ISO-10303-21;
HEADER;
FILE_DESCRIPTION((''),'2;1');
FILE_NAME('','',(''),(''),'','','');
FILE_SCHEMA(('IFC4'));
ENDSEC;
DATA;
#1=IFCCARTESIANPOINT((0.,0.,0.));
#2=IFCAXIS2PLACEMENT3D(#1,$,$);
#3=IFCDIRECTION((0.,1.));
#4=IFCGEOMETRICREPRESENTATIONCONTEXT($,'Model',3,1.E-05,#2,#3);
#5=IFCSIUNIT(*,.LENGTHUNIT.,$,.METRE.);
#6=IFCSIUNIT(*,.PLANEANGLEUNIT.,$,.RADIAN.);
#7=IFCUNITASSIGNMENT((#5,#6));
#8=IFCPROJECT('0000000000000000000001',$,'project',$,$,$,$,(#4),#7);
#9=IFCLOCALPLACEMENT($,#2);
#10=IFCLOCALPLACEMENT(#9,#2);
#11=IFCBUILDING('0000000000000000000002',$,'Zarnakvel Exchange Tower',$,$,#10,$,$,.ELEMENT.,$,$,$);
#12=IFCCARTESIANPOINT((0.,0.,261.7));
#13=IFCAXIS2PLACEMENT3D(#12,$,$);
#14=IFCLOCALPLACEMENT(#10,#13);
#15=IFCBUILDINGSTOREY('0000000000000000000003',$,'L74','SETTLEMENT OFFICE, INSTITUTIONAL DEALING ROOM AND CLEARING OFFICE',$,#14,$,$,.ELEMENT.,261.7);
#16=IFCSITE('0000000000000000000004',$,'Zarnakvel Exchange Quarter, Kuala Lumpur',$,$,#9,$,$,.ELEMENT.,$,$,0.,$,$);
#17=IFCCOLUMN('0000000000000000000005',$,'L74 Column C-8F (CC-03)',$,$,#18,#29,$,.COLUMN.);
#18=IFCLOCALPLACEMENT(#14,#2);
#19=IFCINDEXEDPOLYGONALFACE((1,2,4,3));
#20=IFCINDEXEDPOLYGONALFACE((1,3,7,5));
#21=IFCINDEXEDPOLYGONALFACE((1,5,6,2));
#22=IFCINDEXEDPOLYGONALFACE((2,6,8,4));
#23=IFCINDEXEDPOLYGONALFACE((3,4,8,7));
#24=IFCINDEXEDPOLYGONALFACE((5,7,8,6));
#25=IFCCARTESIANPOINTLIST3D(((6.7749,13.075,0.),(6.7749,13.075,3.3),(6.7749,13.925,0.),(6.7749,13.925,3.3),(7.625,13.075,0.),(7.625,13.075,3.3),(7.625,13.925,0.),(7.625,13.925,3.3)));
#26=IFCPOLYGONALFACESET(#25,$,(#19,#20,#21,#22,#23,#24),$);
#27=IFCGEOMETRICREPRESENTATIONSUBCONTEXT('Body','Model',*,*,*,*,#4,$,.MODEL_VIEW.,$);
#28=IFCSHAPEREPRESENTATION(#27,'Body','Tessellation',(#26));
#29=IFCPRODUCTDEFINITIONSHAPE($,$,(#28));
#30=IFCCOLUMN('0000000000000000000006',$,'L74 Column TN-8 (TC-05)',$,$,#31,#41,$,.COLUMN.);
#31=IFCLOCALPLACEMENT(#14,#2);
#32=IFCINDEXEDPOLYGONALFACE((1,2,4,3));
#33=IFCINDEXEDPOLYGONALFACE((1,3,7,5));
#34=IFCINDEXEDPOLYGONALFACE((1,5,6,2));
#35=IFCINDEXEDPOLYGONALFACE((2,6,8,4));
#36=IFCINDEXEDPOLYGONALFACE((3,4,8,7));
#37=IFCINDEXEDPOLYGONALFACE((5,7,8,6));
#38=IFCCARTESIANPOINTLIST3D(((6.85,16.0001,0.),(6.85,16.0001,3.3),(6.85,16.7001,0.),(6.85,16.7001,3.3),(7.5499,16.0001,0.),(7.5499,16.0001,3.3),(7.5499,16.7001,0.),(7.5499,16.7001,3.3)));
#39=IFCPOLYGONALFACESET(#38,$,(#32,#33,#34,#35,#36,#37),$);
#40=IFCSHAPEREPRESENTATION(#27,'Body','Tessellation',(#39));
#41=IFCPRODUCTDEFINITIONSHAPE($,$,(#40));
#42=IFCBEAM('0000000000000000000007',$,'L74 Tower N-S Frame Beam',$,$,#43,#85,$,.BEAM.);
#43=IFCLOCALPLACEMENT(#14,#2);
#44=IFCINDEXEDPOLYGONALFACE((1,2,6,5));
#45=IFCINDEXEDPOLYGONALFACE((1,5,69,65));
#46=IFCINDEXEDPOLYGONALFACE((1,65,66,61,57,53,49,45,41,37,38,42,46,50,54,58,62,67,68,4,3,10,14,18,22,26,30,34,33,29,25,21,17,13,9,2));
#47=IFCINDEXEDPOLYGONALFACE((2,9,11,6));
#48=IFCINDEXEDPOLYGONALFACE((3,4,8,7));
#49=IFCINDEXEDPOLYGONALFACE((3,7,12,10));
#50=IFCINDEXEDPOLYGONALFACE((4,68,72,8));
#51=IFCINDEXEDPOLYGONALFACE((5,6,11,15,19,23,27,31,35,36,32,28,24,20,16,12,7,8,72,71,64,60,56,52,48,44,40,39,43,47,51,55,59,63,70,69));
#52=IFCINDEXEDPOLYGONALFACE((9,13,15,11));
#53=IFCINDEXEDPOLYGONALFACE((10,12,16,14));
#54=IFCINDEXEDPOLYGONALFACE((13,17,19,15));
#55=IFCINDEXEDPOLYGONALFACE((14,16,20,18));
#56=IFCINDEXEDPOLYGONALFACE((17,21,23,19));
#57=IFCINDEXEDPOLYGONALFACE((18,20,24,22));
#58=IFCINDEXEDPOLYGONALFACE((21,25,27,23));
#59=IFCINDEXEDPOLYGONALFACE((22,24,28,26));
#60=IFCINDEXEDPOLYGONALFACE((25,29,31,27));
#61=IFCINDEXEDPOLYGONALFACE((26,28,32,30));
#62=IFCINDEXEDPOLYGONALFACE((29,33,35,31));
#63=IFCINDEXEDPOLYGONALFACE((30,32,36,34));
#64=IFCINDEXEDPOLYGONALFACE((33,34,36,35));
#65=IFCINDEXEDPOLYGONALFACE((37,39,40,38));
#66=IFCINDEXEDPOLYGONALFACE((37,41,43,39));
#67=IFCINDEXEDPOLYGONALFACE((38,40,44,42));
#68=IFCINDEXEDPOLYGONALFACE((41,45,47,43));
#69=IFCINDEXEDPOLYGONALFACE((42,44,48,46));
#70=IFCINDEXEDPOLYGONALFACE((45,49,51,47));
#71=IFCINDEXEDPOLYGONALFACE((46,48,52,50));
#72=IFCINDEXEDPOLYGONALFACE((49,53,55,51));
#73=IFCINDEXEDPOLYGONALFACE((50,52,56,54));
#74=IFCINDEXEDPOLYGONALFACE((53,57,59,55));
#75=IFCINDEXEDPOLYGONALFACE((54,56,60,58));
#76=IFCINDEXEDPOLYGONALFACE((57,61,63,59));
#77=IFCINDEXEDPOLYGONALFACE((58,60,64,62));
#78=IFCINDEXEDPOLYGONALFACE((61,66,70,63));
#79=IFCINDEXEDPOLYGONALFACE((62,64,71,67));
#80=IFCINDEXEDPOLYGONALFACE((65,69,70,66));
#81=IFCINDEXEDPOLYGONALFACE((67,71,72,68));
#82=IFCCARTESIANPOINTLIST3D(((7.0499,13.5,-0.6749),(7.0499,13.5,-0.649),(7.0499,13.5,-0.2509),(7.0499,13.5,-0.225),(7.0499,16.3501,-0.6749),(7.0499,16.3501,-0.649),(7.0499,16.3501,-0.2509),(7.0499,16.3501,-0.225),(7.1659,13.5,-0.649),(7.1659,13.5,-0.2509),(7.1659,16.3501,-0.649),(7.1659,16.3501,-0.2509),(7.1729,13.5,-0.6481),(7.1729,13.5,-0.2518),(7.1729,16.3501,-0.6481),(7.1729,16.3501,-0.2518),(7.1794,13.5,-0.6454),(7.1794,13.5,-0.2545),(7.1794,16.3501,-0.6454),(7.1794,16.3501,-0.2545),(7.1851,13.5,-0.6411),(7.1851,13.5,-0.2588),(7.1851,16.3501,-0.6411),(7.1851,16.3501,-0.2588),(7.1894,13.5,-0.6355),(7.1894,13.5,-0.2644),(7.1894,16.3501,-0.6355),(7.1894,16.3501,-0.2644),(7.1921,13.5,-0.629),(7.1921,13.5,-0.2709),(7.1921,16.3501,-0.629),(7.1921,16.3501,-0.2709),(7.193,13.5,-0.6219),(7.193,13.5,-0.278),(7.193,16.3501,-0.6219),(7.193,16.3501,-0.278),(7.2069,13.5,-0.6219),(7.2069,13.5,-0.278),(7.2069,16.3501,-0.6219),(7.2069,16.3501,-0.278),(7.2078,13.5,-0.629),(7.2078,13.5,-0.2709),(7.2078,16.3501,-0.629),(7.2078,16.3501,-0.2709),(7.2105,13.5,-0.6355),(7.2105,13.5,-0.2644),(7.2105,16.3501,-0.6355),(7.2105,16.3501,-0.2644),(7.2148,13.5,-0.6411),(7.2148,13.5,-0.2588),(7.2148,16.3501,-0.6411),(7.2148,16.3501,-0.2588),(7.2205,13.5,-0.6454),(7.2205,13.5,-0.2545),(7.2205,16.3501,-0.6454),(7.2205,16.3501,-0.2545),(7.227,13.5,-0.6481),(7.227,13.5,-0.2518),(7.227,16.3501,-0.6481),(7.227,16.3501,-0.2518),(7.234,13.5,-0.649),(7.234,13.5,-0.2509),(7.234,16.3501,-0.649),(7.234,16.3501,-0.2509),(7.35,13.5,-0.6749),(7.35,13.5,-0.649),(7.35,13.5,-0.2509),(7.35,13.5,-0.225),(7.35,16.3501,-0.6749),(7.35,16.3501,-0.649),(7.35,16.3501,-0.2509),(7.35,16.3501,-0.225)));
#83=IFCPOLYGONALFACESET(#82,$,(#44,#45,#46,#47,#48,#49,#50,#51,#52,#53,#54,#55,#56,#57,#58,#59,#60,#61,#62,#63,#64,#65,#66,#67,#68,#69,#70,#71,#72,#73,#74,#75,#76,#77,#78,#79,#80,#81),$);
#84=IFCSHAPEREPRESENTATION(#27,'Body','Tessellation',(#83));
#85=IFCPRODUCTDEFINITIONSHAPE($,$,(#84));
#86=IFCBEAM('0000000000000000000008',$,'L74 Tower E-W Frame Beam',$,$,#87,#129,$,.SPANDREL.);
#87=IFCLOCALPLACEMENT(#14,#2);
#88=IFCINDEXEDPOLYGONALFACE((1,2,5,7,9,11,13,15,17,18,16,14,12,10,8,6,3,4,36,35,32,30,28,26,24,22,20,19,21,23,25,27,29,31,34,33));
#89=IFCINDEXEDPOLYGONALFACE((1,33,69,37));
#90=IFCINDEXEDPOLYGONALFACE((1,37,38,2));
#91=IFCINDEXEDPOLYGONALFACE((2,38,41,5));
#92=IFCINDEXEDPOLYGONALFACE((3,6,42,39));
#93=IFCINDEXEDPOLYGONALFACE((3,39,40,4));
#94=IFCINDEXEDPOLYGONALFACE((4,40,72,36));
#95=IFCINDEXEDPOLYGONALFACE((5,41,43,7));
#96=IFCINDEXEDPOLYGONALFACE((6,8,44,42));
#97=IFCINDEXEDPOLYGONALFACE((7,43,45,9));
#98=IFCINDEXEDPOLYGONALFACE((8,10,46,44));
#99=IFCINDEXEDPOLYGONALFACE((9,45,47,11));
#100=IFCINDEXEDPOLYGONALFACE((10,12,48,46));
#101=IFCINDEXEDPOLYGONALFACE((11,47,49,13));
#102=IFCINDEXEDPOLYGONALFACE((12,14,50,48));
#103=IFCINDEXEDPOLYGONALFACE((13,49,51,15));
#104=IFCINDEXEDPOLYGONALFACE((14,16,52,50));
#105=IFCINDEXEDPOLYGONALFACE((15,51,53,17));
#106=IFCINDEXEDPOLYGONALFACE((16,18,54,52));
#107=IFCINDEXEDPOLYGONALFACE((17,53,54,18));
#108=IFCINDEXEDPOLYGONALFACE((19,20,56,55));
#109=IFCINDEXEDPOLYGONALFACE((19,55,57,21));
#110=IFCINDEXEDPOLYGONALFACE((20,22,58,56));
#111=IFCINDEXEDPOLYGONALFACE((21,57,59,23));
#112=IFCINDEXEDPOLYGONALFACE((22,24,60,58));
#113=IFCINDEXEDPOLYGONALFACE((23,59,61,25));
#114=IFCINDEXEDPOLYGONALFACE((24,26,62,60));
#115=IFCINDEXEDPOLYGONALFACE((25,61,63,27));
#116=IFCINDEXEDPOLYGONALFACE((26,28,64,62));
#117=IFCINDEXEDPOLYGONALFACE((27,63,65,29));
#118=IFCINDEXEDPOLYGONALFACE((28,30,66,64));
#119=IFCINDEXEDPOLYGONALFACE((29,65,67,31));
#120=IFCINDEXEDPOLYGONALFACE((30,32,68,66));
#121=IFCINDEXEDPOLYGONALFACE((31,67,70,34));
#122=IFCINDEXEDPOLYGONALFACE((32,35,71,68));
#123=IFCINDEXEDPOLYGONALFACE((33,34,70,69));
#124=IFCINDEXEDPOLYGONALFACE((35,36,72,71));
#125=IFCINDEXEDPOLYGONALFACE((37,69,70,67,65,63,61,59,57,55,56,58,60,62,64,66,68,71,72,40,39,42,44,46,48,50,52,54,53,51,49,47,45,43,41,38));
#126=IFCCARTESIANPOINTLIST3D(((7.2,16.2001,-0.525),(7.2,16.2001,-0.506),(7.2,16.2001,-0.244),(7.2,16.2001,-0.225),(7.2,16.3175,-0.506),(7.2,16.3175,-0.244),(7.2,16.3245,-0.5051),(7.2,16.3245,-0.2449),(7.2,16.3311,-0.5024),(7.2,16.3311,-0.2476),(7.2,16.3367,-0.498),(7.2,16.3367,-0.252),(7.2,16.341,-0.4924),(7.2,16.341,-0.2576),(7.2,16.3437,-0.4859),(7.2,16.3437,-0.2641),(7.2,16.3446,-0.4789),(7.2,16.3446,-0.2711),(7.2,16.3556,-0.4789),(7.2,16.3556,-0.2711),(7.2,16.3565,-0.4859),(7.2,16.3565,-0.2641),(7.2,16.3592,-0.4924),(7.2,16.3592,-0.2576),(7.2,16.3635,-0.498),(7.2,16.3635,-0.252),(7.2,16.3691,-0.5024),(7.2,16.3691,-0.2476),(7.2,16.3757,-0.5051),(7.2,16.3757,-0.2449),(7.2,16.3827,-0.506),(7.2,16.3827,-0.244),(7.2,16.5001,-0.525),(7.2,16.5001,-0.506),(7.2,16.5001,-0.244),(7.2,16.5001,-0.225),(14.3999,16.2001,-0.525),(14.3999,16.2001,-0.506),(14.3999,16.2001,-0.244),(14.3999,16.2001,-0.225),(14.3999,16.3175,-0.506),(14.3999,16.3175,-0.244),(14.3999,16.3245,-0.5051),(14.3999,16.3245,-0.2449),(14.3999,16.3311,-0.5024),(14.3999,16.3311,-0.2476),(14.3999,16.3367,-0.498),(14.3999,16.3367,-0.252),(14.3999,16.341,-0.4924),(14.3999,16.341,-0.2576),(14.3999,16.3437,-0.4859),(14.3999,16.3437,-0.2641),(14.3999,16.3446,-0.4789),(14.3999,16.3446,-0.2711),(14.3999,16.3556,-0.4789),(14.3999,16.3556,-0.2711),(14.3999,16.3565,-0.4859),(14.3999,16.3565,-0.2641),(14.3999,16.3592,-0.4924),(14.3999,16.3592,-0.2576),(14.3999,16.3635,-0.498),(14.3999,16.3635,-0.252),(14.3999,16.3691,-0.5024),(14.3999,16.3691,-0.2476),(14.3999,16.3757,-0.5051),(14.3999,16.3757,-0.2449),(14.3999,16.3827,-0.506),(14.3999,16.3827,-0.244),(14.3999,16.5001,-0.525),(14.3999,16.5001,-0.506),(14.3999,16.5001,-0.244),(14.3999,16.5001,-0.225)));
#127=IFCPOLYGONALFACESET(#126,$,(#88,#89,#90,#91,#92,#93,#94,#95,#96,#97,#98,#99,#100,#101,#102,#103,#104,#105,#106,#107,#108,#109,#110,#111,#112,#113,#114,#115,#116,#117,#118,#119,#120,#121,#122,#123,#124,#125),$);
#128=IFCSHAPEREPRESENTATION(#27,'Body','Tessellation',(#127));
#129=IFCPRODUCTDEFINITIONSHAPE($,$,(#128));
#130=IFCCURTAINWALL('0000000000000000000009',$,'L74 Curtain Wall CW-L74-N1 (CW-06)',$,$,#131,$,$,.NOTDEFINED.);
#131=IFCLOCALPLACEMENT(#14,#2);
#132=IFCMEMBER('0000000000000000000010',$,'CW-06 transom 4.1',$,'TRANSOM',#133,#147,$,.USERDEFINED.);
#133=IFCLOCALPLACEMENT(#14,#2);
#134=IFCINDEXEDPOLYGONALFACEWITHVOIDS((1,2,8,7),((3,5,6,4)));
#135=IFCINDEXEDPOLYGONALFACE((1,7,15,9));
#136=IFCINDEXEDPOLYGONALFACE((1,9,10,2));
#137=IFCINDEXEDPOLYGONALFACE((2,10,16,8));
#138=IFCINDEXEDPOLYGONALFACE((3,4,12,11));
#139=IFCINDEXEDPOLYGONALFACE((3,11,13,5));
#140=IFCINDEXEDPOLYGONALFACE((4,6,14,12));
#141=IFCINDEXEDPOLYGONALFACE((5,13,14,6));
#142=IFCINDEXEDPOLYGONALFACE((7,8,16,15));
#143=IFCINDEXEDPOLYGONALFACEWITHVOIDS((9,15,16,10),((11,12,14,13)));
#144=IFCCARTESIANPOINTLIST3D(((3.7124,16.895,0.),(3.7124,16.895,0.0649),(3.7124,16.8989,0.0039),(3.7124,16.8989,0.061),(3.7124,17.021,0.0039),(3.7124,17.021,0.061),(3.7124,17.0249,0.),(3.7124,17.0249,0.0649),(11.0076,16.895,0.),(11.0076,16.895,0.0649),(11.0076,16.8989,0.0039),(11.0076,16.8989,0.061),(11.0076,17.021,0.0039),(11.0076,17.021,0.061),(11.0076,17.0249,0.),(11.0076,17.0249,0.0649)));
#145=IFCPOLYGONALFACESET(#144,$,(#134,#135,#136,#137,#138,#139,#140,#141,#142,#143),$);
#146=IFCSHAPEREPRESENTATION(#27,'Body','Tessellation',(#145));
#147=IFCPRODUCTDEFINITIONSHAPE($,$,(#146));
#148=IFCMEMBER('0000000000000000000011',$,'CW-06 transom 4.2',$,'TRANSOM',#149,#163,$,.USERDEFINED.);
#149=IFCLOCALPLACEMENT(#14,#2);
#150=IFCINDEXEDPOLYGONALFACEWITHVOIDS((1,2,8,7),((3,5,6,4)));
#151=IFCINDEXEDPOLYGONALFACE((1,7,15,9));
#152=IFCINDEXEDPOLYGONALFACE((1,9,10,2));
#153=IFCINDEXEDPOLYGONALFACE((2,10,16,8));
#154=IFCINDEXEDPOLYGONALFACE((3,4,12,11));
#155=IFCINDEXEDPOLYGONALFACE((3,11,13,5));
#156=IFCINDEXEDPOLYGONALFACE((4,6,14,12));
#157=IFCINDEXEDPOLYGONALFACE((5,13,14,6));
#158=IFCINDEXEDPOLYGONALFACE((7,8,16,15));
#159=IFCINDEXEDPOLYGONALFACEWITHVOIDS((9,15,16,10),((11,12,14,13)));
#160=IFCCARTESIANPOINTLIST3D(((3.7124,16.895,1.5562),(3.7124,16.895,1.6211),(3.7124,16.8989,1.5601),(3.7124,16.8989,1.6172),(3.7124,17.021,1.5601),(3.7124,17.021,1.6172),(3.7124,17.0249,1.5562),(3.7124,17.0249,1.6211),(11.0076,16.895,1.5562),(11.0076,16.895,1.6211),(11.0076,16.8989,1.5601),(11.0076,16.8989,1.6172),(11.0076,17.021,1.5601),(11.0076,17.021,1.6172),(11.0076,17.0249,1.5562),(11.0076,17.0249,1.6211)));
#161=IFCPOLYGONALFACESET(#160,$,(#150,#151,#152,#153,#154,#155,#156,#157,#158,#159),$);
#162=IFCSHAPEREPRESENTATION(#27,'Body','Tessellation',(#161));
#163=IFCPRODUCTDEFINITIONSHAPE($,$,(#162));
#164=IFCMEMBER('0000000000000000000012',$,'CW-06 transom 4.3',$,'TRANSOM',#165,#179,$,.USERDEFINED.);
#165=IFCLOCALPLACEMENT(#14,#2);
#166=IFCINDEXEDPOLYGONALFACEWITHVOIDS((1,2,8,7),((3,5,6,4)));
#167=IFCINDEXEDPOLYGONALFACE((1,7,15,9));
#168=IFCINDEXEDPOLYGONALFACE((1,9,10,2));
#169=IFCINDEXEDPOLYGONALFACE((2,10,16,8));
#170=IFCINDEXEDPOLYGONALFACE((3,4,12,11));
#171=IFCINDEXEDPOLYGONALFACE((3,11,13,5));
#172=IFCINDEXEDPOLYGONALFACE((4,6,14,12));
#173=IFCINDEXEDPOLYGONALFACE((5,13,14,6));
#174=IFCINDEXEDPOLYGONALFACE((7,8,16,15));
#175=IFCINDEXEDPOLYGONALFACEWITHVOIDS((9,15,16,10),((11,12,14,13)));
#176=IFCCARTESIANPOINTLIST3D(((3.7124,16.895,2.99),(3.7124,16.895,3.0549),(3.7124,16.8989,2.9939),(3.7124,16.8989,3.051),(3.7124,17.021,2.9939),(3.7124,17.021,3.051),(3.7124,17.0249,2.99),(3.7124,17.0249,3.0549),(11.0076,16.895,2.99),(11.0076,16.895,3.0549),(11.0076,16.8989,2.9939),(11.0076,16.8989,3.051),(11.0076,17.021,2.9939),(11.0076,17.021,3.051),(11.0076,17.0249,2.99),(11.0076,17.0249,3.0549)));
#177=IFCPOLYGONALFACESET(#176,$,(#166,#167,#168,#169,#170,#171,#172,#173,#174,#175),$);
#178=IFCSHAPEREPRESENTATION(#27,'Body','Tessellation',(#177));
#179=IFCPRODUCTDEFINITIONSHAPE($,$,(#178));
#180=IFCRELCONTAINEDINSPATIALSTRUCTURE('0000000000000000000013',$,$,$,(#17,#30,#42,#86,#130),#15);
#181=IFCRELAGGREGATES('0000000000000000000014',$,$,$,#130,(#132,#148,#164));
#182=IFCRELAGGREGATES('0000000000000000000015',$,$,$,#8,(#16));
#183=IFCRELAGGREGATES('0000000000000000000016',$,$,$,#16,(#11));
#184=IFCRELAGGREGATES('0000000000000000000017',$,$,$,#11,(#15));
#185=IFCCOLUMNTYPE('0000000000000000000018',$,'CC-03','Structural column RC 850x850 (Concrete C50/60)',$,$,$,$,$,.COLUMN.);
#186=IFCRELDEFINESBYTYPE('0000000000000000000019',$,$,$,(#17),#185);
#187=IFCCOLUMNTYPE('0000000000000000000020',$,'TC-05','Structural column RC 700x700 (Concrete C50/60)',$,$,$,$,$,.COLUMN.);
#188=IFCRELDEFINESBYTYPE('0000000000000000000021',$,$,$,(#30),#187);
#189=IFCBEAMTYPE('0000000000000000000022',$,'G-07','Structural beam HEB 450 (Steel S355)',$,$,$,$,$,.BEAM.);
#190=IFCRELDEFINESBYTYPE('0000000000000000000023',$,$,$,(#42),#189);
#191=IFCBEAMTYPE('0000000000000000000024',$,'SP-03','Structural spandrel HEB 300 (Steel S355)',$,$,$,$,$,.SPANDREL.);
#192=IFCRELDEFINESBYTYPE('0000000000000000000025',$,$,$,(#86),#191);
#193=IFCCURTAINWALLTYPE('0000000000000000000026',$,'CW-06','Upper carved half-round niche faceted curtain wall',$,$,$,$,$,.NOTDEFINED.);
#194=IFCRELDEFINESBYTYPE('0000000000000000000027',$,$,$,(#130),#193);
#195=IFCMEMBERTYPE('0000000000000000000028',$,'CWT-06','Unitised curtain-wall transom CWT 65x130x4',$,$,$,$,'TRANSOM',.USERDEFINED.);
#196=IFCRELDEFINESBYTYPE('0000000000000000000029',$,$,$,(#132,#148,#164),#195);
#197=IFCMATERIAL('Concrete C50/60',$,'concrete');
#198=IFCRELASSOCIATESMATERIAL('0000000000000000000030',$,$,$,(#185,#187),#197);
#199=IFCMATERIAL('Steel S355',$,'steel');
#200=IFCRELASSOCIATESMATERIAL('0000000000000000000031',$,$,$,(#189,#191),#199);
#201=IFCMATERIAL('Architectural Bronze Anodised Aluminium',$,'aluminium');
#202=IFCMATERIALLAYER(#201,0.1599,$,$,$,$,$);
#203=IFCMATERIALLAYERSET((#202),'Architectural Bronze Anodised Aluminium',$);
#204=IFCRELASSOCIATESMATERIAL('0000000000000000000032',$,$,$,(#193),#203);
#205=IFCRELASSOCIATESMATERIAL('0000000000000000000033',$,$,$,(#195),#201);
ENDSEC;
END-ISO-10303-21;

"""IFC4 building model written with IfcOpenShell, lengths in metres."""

from ifc_helpers import new_model, si_unit, direction, frame, origin, origin_2d, place, context, subcontext, project, spatial, rectangle, hollow_rectangle, i_section, extrude, source, transform, mapped, material, layer, layer_set, material_profile, profile_set, type_object, element, aggregate, save


model = new_model("IFC4")

# Units and contexts
model_context = context("Model", 3, precision=1e-05, world=origin(), true_north=direction((0.0, 1.0)))
body_context = subcontext(model_context, "Body", "Model", "MODEL_VIEW")
ifc_project = project(units=[si_unit("LENGTHUNIT", "METRE"), si_unit("PLANEANGLEUNIT", "RADIAN")], contexts=[model_context])

# Site, building, storey
site_placement = place(None, origin())
site = spatial("IfcSite", under=ifc_project, at=site_placement, Name="Zarnakvel Exchange Quarter, Kuala Lumpur", CompositionType="ELEMENT", RefElevation=0.0)
building_placement = place(site_placement, origin())
building = spatial("IfcBuilding", under=site, at=building_placement, Name="Zarnakvel Exchange Tower", CompositionType="ELEMENT")
storey_placement = place(building_placement, frame((0.0, 0.0, 261.7)))
storey = spatial("IfcBuildingStorey", under=building, at=storey_placement, Name="L74", Description="SETTLEMENT OFFICE, INSTITUTIONAL DEALING ROOM AND CLEARING OFFICE", CompositionType="ELEMENT", Elevation=261.7)

# Columns
ifc_material_1 = material(Name="Concrete C50/60", Category="concrete")
ifc_material_profile_1 = material_profile(ifc_material_1, rectangle(XDim=0.8501, YDim=0.8501, at=origin_2d()))
ifc_profile_set_1 = profile_set([ifc_material_profile_1], Name="Concrete C50/60")
column_type_1 = type_object("IfcColumnType", Name="CC-03", Description="Structural column RC 850x850 (Concrete C50/60)", PredefinedType="COLUMN", material=ifc_profile_set_1)
column_1_placement = place(storey_placement, frame((7.2, 13.5, 0.0), z_axis=(0.0, 0.0, 1.0), x_axis=(1.0, 0.0, 0.0)))
element("IfcColumn", 1, at=column_1_placement, inside=storey, type_object=column_type_1, Name="L74 Column C-8F (CC-03)", PredefinedType="COLUMN", context=body_context, shape_type="SweptSolid", body=[
    extrude(rectangle(XDim=0.8501, YDim=0.8501, at=origin_2d()), origin(), (0.0, 0.0, 1.0), 3.3),
])
ifc_material_profile_2 = material_profile(ifc_material_1, rectangle(XDim=0.7, YDim=0.7, at=origin_2d()))
ifc_profile_set_2 = profile_set([ifc_material_profile_2], Name="Concrete C50/60")
column_type_2 = type_object("IfcColumnType", Name="TC-05", Description="Structural column RC 700x700 (Concrete C50/60)", PredefinedType="COLUMN", material=ifc_profile_set_2)
column_2_placement = place(storey_placement, frame((7.2, 16.3501, 0.0), z_axis=(0.0, 0.0, 1.0), x_axis=(1.0, 0.0, 0.0)))
element("IfcColumn", 2, at=column_2_placement, inside=storey, type_object=column_type_2, Name="L74 Column TN-8 (TC-05)", PredefinedType="COLUMN", context=body_context, shape_type="SweptSolid", body=[
    extrude(rectangle(XDim=0.7, YDim=0.7, at=origin_2d()), origin(), (0.0, 0.0, 1.0), 3.3),
])

# Beams
ifc_material_2 = material(Name="Steel S355", Category="steel")
ifc_material_profile_3 = material_profile(ifc_material_2, i_section(OverallWidth=0.3, OverallDepth=0.45, WebThickness=0.0139, FlangeThickness=0.0259, FilletRadius=0.0271, at=origin_2d()))
ifc_profile_set_3 = profile_set([ifc_material_profile_3], Name="Steel S355")
beam_type_1 = type_object("IfcBeamType", Name="G-07", Description="Structural beam HEB 450 (Steel S355)", PredefinedType="BEAM", material=ifc_profile_set_3)
beam_1_placement = place(storey_placement, frame((7.2, 13.5, -0.45), z_axis=(0.0, 1.0, 0.0), x_axis=(-1.0, 0.0, 0.0)))
element("IfcBeam", 3, at=beam_1_placement, inside=storey, type_object=beam_type_1, Name="L74 Tower N-S Frame Beam", PredefinedType="BEAM", context=body_context, shape_type="SweptSolid", body=[
    extrude(i_section(OverallWidth=0.3, OverallDepth=0.45, WebThickness=0.0139, FlangeThickness=0.0259, FilletRadius=0.0271, at=origin_2d()), origin(), (0.0, 0.0, 1.0), 2.8501),
])
ifc_material_profile_4 = material_profile(ifc_material_2, i_section(OverallWidth=0.3, OverallDepth=0.3, WebThickness=0.011, FlangeThickness=0.019, FilletRadius=0.0271, at=origin_2d()))
ifc_profile_set_4 = profile_set([ifc_material_profile_4], Name="Steel S355")
beam_type_2 = type_object("IfcBeamType", Name="SP-03", Description="Structural spandrel HEB 300 (Steel S355)", PredefinedType="SPANDREL", material=ifc_profile_set_4)
beam_2_placement = place(storey_placement, frame((7.2, 16.3501, -0.375), z_axis=(1.0, 0.0, 0.0), x_axis=(0.0, 1.0, 0.0)))
element("IfcBeam", 4, at=beam_2_placement, inside=storey, type_object=beam_type_2, Name="L74 Tower E-W Frame Beam", PredefinedType="SPANDREL", context=body_context, shape_type="SweptSolid", body=[
    extrude(i_section(OverallWidth=0.3, OverallDepth=0.3, WebThickness=0.011, FlangeThickness=0.019, FilletRadius=0.0271, at=origin_2d()), origin(), (0.0, 0.0, 1.0), 7.2),
])

# Curtain wall, members
ifc_material_3 = material(Name="Architectural Bronze Anodised Aluminium", Category="aluminium")
ifc_layer_1 = layer(ifc_material_3, 0.1599)
ifc_layer_set_1 = layer_set([ifc_layer_1], Name="Architectural Bronze Anodised Aluminium")
curtain_wall_type = type_object("IfcCurtainWallType", Name="CW-06", Description="Upper carved half-round niche faceted curtain wall", PredefinedType="NOTDEFINED", material=ifc_layer_set_1)
curtain_wall_placement = place(storey_placement, origin())
curtain_wall = element("IfcCurtainWall", 5, at=curtain_wall_placement, inside=storey, type_object=curtain_wall_type, Name="L74 Curtain Wall CW-L74-N1 (CW-06)", PredefinedType="NOTDEFINED")
ifc_material_profile_5 = material_profile(ifc_material_3, hollow_rectangle(XDim=0.1299, YDim=0.0649, WallThickness=0.0039, at=origin_2d()))
ifc_profile_set_5 = profile_set([ifc_material_profile_5], Name="Architectural Bronze Anodised Aluminium")
member_type_1 = type_object("IfcMemberType", Name="CWT-06", Description="Unitised curtain-wall transom CWT 65x130x4", ElementType="TRANSOM", PredefinedType="USERDEFINED", material=ifc_profile_set_5)
shared_shape_1 = source(origin(), body_context, "Body", "SweptSolid", [
    extrude(hollow_rectangle(XDim=0.1299, YDim=0.0649, WallThickness=0.0039, at=origin_2d()), origin(), (0.0, 0.0, 1.0), 7.2952),
])
member_1_placement = place(storey_placement, frame((3.7124, 16.96, 0.0325), z_axis=(1.0, 0.0, 0.0), x_axis=(0.0, 1.0, 0.0)))
member_1 = element("IfcMember", 6, at=member_1_placement, type_object=member_type_1, Name="CW-06 transom 4.1", ObjectType="TRANSOM", PredefinedType="USERDEFINED", context=body_context, shape_type="MappedRepresentation", body=[
    mapped(shared_shape_1, transform((0.0, 0.0, 0.0), x_axis=(1.0, 0.0, 0.0), y_axis=(0.0, 1.0, 0.0), z_axis=(0.0, 0.0, 1.0), scale=1.0)),
])
member_2_placement = place(storey_placement, frame((3.7124, 16.96, 1.5886), z_axis=(1.0, 0.0, 0.0), x_axis=(0.0, 1.0, 0.0)))
member_2 = element("IfcMember", 7, at=member_2_placement, type_object=member_type_1, Name="CW-06 transom 4.2", ObjectType="TRANSOM", PredefinedType="USERDEFINED", context=body_context, shape_type="MappedRepresentation", body=[
    mapped(shared_shape_1, transform((0.0, 0.0, 0.0), x_axis=(1.0, 0.0, 0.0), y_axis=(0.0, 1.0, 0.0), z_axis=(0.0, 0.0, 1.0), scale=1.0)),
])
member_3_placement = place(storey_placement, frame((3.7124, 16.96, 3.0225), z_axis=(1.0, 0.0, 0.0), x_axis=(0.0, 1.0, 0.0)))
member_3 = element("IfcMember", 8, at=member_3_placement, type_object=member_type_1, Name="CW-06 transom 4.3", ObjectType="TRANSOM", PredefinedType="USERDEFINED", context=body_context, shape_type="MappedRepresentation", body=[
    mapped(shared_shape_1, transform((0.0, 0.0, 0.0), x_axis=(1.0, 0.0, 0.0), y_axis=(0.0, 1.0, 0.0), z_axis=(0.0, 0.0, 1.0), scale=1.0)),
])
aggregate(curtain_wall, [member_1, member_2, member_3])

save(model, "model.ifc")
